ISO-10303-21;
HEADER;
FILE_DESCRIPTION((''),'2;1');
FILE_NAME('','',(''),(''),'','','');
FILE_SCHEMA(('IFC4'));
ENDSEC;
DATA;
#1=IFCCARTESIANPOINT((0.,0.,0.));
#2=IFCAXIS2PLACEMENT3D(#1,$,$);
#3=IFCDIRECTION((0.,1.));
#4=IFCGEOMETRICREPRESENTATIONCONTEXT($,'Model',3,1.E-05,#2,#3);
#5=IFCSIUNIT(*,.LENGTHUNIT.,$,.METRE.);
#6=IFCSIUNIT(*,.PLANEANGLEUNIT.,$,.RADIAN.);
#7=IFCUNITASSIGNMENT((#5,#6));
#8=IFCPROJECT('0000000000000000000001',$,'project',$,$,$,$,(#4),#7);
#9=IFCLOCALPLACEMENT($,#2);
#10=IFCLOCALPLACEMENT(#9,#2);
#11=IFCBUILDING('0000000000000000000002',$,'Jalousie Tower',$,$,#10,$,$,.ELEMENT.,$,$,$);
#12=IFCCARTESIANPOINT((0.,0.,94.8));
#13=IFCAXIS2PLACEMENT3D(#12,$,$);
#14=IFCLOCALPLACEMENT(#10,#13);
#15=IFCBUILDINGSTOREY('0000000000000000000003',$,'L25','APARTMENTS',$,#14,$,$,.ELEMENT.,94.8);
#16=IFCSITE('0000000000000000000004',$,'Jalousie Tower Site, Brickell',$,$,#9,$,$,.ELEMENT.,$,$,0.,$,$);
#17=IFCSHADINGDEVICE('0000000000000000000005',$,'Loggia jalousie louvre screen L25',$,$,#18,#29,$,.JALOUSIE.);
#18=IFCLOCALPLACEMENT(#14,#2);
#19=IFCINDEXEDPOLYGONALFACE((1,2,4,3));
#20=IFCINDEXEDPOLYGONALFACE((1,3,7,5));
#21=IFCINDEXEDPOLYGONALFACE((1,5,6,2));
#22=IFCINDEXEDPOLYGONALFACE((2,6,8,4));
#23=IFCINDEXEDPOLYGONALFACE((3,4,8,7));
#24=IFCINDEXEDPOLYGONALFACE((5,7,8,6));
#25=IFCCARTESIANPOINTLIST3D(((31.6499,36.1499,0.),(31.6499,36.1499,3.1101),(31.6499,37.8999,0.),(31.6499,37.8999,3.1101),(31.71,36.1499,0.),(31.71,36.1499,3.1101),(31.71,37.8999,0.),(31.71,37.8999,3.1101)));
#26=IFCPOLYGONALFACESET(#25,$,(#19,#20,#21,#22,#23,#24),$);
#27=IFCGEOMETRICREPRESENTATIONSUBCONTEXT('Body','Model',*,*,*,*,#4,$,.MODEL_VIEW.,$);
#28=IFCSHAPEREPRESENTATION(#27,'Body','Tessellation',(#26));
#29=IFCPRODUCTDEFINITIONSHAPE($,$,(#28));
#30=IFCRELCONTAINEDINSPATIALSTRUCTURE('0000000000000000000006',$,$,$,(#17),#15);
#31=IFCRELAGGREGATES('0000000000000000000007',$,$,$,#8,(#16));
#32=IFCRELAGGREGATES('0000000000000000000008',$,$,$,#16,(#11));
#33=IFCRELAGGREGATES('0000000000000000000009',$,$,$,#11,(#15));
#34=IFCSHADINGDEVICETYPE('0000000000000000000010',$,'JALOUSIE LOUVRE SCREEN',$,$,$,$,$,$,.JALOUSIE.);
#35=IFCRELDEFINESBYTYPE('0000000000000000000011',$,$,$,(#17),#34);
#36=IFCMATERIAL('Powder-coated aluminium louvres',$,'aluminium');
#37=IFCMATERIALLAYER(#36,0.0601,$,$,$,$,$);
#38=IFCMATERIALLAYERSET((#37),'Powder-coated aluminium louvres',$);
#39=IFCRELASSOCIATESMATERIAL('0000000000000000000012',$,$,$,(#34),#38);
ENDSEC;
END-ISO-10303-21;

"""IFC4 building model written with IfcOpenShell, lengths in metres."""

from ifc_helpers import new_model, si_unit, direction, frame, origin, origin_2d, place, context, subcontext, project, spatial, rectangle, extrude, material, layer, layer_set, type_object, element, save


model = new_model("IFC4")

# Units and contexts
model_context = context("Model", 3, precision=1e-05, world=origin(), true_north=direction((0.0, 1.0)))
body_context = subcontext(model_context, "Body", "Model", "MODEL_VIEW")
ifc_project = project(units=[si_unit("LENGTHUNIT", "METRE"), si_unit("PLANEANGLEUNIT", "RADIAN")], contexts=[model_context])

# Site, building, storey
site_placement = place(None, origin())
site = spatial("IfcSite", under=ifc_project, at=site_placement, Name="Jalousie Tower Site, Brickell", CompositionType="ELEMENT", RefElevation=0.0)
building_placement = place(site_placement, origin())
building = spatial("IfcBuilding", under=site, at=building_placement, Name="Jalousie Tower", CompositionType="ELEMENT")
storey_placement = place(building_placement, frame((0.0, 0.0, 94.8)))
storey = spatial("IfcBuildingStorey", under=building, at=storey_placement, Name="L25", Description="APARTMENTS", CompositionType="ELEMENT", Elevation=94.8)

# Shading device
ifc_material_1 = material(Name="Powder-coated aluminium louvres", Category="aluminium")
ifc_layer_1 = layer(ifc_material_1, 0.0601)
ifc_layer_set_1 = layer_set([ifc_layer_1], Name="Powder-coated aluminium louvres")
shading_device_type = type_object("IfcShadingDeviceType", Name="JALOUSIE LOUVRE SCREEN", PredefinedType="JALOUSIE", material=ifc_layer_set_1)
for number, where, z_axis, x_axis, name in (
    (1, (31.6799, 37.0249, 0.0), (0.0, 0.0, 1.0), (-1.0, 0.0, 0.0), "Loggia jalousie louvre screen L25"),
):
    element("IfcShadingDevice", number, at=place(storey_placement, frame(where, z_axis=z_axis, x_axis=x_axis)), inside=storey, type_object=shading_device_type, Name=name, PredefinedType="JALOUSIE", context=body_context, shape_type="SweptSolid", body=[
        extrude(rectangle(XDim=0.0601, YDim=1.75, at=origin_2d()), origin(), (0.0, 0.0, 1.0), 3.1101),
    ])

save(model, "model.ifc")
